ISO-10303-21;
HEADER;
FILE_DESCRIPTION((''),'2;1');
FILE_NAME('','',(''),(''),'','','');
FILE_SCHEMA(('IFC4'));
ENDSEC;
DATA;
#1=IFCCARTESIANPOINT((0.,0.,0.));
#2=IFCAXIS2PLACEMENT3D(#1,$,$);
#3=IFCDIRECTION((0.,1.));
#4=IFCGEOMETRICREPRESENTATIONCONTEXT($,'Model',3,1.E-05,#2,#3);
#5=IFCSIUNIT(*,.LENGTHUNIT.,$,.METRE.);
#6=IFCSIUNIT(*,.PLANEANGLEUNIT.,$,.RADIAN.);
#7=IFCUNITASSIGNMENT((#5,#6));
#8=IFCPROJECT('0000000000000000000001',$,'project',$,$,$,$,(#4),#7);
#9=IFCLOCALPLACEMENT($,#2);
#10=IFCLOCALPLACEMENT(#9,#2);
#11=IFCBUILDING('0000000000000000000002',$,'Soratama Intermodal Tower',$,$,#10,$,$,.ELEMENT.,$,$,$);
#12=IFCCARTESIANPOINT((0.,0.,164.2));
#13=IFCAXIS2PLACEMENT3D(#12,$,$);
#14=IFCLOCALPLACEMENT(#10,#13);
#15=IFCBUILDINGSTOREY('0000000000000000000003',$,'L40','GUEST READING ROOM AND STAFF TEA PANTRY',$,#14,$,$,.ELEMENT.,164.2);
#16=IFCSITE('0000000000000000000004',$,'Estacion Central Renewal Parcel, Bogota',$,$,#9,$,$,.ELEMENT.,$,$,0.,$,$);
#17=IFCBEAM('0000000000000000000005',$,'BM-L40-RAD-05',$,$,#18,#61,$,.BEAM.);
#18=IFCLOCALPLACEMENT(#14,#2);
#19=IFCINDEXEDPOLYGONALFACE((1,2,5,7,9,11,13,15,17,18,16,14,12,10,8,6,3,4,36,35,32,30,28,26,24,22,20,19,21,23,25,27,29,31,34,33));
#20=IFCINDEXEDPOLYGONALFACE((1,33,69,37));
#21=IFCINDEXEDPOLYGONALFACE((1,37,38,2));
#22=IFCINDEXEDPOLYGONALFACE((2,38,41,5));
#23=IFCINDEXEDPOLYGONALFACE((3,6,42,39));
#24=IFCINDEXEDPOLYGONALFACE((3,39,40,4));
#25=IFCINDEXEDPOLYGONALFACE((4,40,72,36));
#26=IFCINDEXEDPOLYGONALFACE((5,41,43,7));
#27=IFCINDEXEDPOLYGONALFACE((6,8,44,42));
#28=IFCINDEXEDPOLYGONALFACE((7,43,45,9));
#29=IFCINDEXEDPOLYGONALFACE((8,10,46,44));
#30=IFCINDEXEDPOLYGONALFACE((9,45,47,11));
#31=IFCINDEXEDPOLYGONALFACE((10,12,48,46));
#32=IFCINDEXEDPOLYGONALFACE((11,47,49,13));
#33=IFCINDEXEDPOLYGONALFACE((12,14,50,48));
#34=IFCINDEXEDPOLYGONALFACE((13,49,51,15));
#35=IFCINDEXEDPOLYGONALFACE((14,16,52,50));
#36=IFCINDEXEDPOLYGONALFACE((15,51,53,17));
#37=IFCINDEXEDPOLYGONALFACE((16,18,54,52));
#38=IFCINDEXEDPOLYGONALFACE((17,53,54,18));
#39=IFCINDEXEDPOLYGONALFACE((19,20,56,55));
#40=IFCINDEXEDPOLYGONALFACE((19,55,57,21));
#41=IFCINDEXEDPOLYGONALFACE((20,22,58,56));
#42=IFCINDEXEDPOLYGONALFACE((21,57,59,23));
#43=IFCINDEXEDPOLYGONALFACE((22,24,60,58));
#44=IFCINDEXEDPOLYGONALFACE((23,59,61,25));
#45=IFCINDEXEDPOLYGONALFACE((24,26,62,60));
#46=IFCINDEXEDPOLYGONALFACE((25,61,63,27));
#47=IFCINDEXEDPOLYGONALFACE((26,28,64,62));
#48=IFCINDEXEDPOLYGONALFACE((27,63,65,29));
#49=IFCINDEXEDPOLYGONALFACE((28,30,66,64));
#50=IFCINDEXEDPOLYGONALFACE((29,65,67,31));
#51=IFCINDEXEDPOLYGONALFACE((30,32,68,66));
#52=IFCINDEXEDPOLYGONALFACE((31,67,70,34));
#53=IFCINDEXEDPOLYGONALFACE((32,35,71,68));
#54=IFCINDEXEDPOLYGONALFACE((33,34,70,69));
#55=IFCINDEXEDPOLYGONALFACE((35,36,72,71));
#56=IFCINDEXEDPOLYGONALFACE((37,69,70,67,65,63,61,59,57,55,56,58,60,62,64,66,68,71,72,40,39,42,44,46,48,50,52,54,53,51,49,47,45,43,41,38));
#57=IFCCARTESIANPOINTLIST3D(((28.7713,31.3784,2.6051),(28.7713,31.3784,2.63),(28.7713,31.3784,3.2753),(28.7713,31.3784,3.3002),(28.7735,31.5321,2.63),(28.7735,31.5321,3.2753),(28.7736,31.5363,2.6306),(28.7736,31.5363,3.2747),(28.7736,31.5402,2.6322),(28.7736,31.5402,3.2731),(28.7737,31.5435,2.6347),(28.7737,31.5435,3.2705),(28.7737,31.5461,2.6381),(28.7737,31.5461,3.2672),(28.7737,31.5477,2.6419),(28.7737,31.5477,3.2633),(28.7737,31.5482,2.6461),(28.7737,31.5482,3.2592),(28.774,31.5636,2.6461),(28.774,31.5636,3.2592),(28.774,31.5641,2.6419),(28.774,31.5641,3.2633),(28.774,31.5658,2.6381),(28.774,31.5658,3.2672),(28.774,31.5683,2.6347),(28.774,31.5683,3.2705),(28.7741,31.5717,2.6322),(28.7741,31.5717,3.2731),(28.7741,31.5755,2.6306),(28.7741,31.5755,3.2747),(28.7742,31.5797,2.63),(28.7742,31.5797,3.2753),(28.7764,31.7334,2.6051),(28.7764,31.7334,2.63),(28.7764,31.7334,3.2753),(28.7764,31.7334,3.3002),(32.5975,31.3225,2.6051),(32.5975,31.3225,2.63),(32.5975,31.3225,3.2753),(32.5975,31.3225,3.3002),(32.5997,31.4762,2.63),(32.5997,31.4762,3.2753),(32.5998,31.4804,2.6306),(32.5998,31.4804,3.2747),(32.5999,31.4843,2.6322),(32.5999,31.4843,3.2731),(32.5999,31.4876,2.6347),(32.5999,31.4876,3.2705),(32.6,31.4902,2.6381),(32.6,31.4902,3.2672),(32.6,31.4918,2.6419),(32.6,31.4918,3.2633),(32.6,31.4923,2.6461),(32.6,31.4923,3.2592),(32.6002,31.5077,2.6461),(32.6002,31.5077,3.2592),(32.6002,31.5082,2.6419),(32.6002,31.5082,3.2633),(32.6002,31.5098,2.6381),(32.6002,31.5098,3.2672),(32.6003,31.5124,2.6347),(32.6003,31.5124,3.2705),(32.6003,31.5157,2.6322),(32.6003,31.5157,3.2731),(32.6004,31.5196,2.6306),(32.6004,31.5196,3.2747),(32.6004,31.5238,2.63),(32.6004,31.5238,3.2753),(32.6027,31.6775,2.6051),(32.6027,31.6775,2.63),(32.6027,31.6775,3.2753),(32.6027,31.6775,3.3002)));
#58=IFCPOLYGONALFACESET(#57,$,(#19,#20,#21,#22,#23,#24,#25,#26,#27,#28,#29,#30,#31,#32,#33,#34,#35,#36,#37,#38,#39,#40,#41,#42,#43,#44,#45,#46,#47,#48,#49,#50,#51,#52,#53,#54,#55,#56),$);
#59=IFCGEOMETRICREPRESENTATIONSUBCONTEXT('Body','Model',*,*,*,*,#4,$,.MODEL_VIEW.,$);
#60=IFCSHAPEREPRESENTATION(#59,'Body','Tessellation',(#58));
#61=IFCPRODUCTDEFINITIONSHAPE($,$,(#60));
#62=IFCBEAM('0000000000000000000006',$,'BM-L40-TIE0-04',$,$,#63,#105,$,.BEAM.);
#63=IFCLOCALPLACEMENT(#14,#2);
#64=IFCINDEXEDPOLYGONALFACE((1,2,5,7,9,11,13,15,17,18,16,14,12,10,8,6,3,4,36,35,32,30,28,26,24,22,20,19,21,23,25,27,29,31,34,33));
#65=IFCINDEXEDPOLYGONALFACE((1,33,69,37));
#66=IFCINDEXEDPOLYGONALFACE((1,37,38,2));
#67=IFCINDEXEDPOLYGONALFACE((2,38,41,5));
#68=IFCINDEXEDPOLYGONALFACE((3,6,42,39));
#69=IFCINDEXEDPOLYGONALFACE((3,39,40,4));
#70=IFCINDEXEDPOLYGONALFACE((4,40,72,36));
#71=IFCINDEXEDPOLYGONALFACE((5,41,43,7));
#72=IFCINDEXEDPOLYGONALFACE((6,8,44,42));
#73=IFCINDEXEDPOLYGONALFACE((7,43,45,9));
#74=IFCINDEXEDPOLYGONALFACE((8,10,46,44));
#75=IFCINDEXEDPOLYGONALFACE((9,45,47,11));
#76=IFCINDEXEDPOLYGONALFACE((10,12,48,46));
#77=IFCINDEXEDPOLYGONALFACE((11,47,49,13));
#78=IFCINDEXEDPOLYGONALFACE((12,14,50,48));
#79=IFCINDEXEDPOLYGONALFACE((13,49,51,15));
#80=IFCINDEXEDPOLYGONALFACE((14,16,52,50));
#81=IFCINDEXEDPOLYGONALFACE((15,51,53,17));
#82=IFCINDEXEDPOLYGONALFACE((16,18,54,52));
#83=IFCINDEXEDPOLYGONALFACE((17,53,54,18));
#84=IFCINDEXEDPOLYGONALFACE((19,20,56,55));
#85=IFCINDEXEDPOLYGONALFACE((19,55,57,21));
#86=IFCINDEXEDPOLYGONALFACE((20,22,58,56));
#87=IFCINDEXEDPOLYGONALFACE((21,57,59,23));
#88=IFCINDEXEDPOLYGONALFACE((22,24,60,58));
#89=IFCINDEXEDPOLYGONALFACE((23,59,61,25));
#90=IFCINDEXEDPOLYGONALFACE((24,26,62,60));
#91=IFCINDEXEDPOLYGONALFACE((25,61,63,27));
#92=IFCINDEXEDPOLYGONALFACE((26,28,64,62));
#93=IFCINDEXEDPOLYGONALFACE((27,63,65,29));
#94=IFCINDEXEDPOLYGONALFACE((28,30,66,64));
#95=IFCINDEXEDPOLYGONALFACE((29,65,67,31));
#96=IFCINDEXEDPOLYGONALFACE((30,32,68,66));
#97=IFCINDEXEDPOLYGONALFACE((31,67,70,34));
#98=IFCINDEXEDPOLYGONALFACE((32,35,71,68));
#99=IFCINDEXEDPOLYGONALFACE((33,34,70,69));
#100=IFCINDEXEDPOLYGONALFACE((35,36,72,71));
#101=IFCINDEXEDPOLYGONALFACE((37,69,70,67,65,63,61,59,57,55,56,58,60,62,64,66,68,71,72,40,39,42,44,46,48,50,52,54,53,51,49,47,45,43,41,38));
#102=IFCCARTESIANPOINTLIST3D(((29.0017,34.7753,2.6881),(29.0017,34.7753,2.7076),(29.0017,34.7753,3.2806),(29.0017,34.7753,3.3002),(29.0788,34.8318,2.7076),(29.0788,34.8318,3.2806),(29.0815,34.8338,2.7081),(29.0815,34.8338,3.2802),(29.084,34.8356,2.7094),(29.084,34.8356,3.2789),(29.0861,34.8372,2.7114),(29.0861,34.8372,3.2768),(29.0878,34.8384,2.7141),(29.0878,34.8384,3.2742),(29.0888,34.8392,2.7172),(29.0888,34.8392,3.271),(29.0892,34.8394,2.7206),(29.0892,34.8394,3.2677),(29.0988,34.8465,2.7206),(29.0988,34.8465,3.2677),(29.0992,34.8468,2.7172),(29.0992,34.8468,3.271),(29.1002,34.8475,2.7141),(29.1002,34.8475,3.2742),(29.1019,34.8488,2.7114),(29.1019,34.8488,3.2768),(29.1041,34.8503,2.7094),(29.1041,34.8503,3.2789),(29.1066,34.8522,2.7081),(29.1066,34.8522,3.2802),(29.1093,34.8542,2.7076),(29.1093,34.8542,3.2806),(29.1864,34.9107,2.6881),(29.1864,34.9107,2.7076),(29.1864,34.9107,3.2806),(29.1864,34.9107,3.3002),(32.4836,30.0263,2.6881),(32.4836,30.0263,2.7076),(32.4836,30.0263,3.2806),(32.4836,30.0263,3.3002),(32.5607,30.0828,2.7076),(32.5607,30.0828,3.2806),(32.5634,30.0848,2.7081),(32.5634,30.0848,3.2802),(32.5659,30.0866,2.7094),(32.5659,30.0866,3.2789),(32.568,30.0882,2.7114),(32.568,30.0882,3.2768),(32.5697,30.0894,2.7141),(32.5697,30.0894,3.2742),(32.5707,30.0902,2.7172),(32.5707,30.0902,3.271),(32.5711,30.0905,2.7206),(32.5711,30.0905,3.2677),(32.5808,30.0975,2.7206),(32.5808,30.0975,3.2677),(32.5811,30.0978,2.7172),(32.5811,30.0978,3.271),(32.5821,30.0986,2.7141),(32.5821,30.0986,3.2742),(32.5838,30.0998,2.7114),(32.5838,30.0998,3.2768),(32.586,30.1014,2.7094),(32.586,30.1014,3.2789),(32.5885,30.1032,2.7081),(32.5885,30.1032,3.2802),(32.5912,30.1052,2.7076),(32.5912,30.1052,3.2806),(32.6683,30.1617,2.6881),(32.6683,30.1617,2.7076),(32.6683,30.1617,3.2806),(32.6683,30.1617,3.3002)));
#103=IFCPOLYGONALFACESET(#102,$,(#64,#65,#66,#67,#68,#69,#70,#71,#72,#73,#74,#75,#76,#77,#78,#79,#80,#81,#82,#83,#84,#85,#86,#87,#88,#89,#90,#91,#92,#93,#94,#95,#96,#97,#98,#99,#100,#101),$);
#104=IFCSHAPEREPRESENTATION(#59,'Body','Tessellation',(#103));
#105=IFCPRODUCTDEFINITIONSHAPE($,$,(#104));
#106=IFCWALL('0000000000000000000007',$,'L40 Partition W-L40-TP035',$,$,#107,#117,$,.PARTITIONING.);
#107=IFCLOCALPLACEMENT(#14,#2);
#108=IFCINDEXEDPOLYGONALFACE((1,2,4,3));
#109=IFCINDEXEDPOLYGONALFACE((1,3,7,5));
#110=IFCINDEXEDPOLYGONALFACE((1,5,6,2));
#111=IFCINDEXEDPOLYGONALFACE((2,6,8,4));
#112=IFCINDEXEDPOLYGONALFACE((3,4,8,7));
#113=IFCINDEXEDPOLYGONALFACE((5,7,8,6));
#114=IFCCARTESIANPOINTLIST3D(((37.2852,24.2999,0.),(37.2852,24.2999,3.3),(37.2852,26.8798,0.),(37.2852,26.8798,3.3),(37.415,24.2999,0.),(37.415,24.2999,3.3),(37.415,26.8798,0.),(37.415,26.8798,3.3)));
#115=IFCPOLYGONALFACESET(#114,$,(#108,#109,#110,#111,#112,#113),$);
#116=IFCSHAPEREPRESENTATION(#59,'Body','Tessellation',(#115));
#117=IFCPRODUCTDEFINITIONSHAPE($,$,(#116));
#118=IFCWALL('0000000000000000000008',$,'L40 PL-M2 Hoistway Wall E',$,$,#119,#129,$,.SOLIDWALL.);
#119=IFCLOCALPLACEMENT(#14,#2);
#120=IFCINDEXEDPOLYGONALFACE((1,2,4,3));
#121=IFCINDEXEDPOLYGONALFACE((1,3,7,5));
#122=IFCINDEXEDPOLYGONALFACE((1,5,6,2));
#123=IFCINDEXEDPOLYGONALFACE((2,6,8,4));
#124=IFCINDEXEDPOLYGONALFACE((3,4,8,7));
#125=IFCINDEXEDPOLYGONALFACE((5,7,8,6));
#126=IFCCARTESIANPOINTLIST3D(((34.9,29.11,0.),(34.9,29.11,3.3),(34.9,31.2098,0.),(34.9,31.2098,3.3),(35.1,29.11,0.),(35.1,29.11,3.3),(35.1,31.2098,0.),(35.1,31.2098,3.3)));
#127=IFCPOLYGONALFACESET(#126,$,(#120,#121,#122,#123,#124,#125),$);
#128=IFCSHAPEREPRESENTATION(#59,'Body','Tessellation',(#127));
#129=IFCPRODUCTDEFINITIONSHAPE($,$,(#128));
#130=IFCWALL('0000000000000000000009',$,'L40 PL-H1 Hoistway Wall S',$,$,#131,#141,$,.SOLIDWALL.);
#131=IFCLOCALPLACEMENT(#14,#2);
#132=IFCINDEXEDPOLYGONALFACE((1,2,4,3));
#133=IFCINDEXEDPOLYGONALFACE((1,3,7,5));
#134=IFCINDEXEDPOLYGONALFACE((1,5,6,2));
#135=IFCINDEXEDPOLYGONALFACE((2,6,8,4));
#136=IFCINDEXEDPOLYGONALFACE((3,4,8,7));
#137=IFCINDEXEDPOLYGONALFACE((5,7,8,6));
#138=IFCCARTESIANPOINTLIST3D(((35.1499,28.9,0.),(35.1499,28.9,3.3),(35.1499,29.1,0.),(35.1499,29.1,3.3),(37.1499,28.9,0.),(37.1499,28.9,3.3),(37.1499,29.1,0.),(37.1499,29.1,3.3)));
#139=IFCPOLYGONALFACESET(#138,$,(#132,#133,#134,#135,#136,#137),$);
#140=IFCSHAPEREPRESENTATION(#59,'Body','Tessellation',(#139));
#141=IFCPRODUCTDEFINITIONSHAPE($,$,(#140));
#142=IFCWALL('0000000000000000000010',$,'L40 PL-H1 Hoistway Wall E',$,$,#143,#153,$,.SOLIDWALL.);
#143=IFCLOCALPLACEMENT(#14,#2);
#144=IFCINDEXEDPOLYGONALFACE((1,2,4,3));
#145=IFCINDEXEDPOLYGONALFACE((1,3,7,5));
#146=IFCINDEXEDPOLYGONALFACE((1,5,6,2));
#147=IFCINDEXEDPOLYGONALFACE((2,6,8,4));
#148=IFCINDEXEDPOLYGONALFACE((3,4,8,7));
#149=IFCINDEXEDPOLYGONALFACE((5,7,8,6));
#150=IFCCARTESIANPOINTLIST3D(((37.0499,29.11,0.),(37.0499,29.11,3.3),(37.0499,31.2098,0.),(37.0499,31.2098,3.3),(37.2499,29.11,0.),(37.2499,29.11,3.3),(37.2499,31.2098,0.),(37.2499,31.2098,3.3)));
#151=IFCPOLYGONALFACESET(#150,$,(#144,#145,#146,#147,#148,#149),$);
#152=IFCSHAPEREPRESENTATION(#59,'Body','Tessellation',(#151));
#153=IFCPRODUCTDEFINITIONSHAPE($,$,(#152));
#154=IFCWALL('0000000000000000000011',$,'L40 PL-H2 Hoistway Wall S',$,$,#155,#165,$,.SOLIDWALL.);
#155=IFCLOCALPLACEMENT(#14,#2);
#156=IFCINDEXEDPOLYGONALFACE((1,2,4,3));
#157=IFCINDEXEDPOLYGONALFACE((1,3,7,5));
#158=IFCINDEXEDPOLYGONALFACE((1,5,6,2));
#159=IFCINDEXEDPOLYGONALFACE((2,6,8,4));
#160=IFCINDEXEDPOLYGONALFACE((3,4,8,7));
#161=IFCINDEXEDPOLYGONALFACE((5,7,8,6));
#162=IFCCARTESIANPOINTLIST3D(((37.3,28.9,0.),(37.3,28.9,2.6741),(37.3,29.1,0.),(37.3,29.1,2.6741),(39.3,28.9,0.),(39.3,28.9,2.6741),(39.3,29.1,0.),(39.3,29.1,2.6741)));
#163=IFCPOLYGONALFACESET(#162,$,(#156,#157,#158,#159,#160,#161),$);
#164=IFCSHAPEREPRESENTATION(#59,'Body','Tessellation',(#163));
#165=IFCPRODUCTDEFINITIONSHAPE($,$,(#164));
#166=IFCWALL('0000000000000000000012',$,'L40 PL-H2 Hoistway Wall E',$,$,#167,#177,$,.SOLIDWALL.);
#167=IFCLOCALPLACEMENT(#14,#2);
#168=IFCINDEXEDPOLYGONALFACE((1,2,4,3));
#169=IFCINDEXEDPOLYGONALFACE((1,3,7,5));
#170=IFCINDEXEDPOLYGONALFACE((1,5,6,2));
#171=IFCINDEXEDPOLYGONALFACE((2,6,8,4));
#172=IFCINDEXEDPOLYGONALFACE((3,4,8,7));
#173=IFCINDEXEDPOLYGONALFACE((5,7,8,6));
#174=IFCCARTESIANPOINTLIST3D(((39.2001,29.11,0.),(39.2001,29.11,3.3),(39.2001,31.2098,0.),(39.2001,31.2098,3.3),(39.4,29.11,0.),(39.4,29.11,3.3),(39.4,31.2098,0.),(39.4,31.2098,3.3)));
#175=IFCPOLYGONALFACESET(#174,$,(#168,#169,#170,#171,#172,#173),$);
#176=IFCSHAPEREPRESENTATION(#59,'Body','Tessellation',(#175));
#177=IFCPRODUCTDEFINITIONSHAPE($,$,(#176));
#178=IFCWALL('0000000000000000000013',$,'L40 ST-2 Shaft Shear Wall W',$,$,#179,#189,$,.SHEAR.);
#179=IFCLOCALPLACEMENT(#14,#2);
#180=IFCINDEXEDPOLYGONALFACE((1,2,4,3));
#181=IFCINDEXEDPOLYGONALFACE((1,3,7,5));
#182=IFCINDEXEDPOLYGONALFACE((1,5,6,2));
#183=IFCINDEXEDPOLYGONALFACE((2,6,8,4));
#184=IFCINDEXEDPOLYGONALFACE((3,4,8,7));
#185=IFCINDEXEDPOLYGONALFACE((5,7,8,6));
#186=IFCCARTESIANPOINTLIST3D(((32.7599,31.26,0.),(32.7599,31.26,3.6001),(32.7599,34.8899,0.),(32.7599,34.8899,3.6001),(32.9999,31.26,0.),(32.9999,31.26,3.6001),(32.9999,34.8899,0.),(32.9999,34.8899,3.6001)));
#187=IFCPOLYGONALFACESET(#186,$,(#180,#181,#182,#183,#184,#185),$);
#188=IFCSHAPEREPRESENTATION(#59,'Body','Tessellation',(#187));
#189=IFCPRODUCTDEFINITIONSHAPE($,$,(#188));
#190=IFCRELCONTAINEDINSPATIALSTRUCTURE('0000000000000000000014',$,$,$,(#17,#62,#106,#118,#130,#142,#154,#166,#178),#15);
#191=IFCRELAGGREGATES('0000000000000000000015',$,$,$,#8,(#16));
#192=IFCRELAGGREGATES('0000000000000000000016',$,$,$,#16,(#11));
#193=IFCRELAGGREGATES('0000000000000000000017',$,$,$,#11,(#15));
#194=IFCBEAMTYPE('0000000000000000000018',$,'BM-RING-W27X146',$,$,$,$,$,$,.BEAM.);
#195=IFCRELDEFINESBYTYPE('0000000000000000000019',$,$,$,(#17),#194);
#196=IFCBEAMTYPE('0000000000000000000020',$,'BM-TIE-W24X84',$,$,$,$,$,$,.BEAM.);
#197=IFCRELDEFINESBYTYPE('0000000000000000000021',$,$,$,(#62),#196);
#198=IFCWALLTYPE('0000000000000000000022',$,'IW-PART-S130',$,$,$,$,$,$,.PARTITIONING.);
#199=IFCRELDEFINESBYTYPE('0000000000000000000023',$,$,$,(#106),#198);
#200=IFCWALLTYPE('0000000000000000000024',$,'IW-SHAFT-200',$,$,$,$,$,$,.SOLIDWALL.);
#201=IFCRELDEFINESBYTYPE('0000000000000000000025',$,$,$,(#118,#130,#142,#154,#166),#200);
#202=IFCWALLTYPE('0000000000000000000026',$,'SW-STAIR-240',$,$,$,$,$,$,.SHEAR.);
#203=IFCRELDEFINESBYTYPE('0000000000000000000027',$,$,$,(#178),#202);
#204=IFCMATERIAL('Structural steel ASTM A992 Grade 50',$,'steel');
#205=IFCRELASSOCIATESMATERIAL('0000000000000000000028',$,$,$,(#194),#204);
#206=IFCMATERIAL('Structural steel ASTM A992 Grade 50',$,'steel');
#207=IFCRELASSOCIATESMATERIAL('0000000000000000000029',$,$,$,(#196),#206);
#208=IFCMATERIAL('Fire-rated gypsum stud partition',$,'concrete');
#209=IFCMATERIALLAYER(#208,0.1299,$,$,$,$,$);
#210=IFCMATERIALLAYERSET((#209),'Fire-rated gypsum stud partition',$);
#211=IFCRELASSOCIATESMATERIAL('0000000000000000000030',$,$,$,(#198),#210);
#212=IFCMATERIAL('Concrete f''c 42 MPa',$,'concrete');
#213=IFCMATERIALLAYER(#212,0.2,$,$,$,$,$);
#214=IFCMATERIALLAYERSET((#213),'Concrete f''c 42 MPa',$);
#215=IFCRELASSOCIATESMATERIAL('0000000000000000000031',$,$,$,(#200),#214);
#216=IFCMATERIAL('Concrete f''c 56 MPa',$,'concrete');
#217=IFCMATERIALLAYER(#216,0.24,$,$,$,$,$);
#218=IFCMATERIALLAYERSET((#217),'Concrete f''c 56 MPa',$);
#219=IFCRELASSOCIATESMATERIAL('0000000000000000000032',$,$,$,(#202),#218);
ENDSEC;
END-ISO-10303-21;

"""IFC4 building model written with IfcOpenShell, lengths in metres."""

from ifc_helpers import new_model, si_unit, direction, frame, frame_2d, origin, origin_2d, place, context, subcontext, project, spatial, rectangle, i_section, extrude, material, layer, layer_set, material_profile, profile_set, type_object, element, save


model = new_model("IFC4")

# Units and contexts
model_context = context("Model", 3, precision=1e-05, world=origin(), true_north=direction((0.0, 1.0)))
body_context = subcontext(model_context, "Body", "Model", "MODEL_VIEW")
ifc_project = project(units=[si_unit("LENGTHUNIT", "METRE"), si_unit("PLANEANGLEUNIT", "RADIAN")], contexts=[model_context])

# Site, building, storey
site_placement = place(None, origin())
site = spatial("IfcSite", under=ifc_project, at=site_placement, Name="Estacion Central Renewal Parcel, Bogota", CompositionType="ELEMENT", RefElevation=0.0)
building_placement = place(site_placement, origin())
building = spatial("IfcBuilding", under=site, at=building_placement, Name="Soratama Intermodal Tower", CompositionType="ELEMENT")
storey_placement = place(building_placement, frame((0.0, 0.0, 164.2)))
storey = spatial("IfcBuildingStorey", under=building, at=storey_placement, Name="L40", Description="GUEST READING ROOM AND STAFF TEA PANTRY", CompositionType="ELEMENT", Elevation=164.2)

# Beams
ifc_material_1 = material(Name="Structural steel ASTM A992 Grade 50", Category="steel")
ifc_material_profile_1 = material_profile(ifc_material_1, i_section(OverallWidth=0.355, OverallDepth=0.6951, WebThickness=0.0154, FlangeThickness=0.0249, FilletRadius=0.0161, at=origin_2d()), Name="W27X146")
ifc_profile_set_1 = profile_set([ifc_material_profile_1], Name="Structural steel ASTM A992 Grade 50")
beam_type_1 = type_object("IfcBeamType", Name="BM-RING-W27X146", PredefinedType="BEAM", material=ifc_profile_set_1)
beam_1_placement = place(storey_placement, frame((32.6001, 31.5, 2.9526), z_axis=(-0.999893, 0.01461, 0.0), x_axis=(-0.01461, -0.999893, 0.0)))
element("IfcBeam", 1, at=beam_1_placement, inside=storey, type_object=beam_type_1, Name="BM-L40-RAD-05", PredefinedType="BEAM", context=body_context, shape_type="SweptSolid", body=[
    extrude(i_section(OverallWidth=0.355, OverallDepth=0.6951, WebThickness=0.0154, FlangeThickness=0.0249, FilletRadius=0.0161, at=origin_2d()), origin(), (0.0, 0.0, 1.0), 3.8267),
])
ifc_material_2 = material(Name="Structural steel ASTM A992 Grade 50", Category="steel")
ifc_material_profile_2 = material_profile(ifc_material_2, i_section(OverallWidth=0.229, OverallDepth=0.6121, WebThickness=0.012, FlangeThickness=0.0195, FilletRadius=0.0129, at=origin_2d()), Name="W24X84")
ifc_profile_set_2 = profile_set([ifc_material_profile_2], Name="Structural steel ASTM A992 Grade 50")
beam_type_2 = type_object("IfcBeamType", Name="BM-TIE-W24X84", PredefinedType="BEAM", material=ifc_profile_set_2)
beam_2_placement = place(storey_placement, frame((32.5759, 30.094, 2.9941), z_axis=(-0.591288, 0.80646, 0.0), x_axis=(-0.80646, -0.591288, 0.0)))
element("IfcBeam", 2, at=beam_2_placement, inside=storey, type_object=beam_type_2, Name="BM-L40-TIE0-04", PredefinedType="BEAM", context=body_context, shape_type="SweptSolid", body=[
    extrude(i_section(OverallWidth=0.229, OverallDepth=0.6121, WebThickness=0.012, FlangeThickness=0.0195, FilletRadius=0.0129, at=origin_2d()), origin(), (0.0, 0.0, 1.0), 5.8887),
])

# Wall
ifc_material_3 = material(Name="Fire-rated gypsum stud partition", Category="concrete")
ifc_layer_1 = layer(ifc_material_3, 0.1299)
ifc_layer_set_1 = layer_set([ifc_layer_1], Name="Fire-rated gypsum stud partition")
wall_type_1 = type_object("IfcWallType", Name="IW-PART-S130", PredefinedType="PARTITIONING", material=ifc_layer_set_1)
wall_1_placement = place(storey_placement, frame((37.3501, 26.8799, 0.0), z_axis=(0.0, 0.0, 1.0), x_axis=(0.0, -1.0, 0.0)))
element("IfcWall", 3, at=wall_1_placement, inside=storey, type_object=wall_type_1, Name="L40 Partition W-L40-TP035", PredefinedType="PARTITIONING", context=body_context, shape_type="SweptSolid", body=[
    extrude(rectangle(XDim=2.5798, YDim=0.1299, at=frame_2d((1.29, 0.0))), origin(), (0.0, 0.0, 1.0), 3.3),
])

# Shared definitions
ifc_material_4 = material(Name="Concrete f'c 42 MPa", Category="concrete")
ifc_layer_2 = layer(ifc_material_4, 0.2)
ifc_layer_set_2 = layer_set([ifc_layer_2], Name="Concrete f'c 42 MPa")
wall_type_2 = type_object("IfcWallType", Name="IW-SHAFT-200", PredefinedType="SOLIDWALL", material=ifc_layer_set_2)

# Walls
wall_2_placement = place(storey_placement, frame((35.0, 29.1101, 0.0), z_axis=(0.0, 0.0, 1.0), x_axis=(0.0, 1.0, 0.0)))
element("IfcWall", 4, at=wall_2_placement, inside=storey, type_object=wall_type_2, Name="L40 PL-M2 Hoistway Wall E", PredefinedType="SOLIDWALL", context=body_context, shape_type="SweptSolid", body=[
    extrude(rectangle(XDim=2.0999, YDim=0.2, at=frame_2d((1.0498, 0.0))), origin(), (0.0, 0.0, 1.0), 3.3),
])
wall_3_placement = place(storey_placement, frame((35.1499, 29.0, 0.0), z_axis=(0.0, 0.0, 1.0), x_axis=(1.0, 0.0, 0.0)))
element("IfcWall", 5, at=wall_3_placement, inside=storey, type_object=wall_type_2, Name="L40 PL-H1 Hoistway Wall S", PredefinedType="SOLIDWALL", context=body_context, shape_type="SweptSolid", body=[
    extrude(rectangle(XDim=2.0, YDim=0.2, at=frame_2d((1.0, 0.0))), origin(), (0.0, 0.0, 1.0), 3.3),
])
wall_4_placement = place(storey_placement, frame((37.1499, 29.1101, 0.0), z_axis=(0.0, 0.0, 1.0), x_axis=(0.0, 1.0, 0.0)))
element("IfcWall", 6, at=wall_4_placement, inside=storey, type_object=wall_type_2, Name="L40 PL-H1 Hoistway Wall E", PredefinedType="SOLIDWALL", context=body_context, shape_type="SweptSolid", body=[
    extrude(rectangle(XDim=2.0999, YDim=0.2, at=frame_2d((1.0498, 0.0))), origin(), (0.0, 0.0, 1.0), 3.3),
])
wall_5_placement = place(storey_placement, frame((37.3, 29.0, 0.0), z_axis=(0.0, 0.0, 1.0), x_axis=(1.0, 0.0, 0.0)))
element("IfcWall", 7, at=wall_5_placement, inside=storey, type_object=wall_type_2, Name="L40 PL-H2 Hoistway Wall S", PredefinedType="SOLIDWALL", context=body_context, shape_type="SweptSolid", body=[
    extrude(rectangle(XDim=2.0, YDim=0.2, at=frame_2d((1.0, 0.0))), origin(), (0.0, 0.0, 1.0), 2.6741),
])
wall_6_placement = place(storey_placement, frame((39.3, 29.1101, 0.0), z_axis=(0.0, 0.0, 1.0), x_axis=(0.0, 1.0, 0.0)))
element("IfcWall", 8, at=wall_6_placement, inside=storey, type_object=wall_type_2, Name="L40 PL-H2 Hoistway Wall E", PredefinedType="SOLIDWALL", context=body_context, shape_type="SweptSolid", body=[
    extrude(rectangle(XDim=2.0999, YDim=0.2, at=frame_2d((1.0498, 0.0))), origin(), (0.0, 0.0, 1.0), 3.3),
])
ifc_material_5 = material(Name="Concrete f'c 56 MPa", Category="concrete")
ifc_layer_3 = layer(ifc_material_5, 0.24)
ifc_layer_set_3 = layer_set([ifc_layer_3], Name="Concrete f'c 56 MPa")
wall_type_3 = type_object("IfcWallType", Name="SW-STAIR-240", PredefinedType="SHEAR", material=ifc_layer_set_3)
wall_7_placement = place(storey_placement, frame((32.8799, 31.26, 0.0), z_axis=(0.0, 0.0, 1.0), x_axis=(0.0, 1.0, 0.0)))
element("IfcWall", 9, at=wall_7_placement, inside=storey, type_object=wall_type_3, Name="L40 ST-2 Shaft Shear Wall W", PredefinedType="SHEAR", context=body_context, shape_type="SweptSolid", body=[
    extrude(rectangle(XDim=3.6299, YDim=0.24, at=frame_2d((1.8149, 0.0))), origin(), (0.0, 0.0, 1.0), 3.6001),
])

save(model, "model.ifc")
